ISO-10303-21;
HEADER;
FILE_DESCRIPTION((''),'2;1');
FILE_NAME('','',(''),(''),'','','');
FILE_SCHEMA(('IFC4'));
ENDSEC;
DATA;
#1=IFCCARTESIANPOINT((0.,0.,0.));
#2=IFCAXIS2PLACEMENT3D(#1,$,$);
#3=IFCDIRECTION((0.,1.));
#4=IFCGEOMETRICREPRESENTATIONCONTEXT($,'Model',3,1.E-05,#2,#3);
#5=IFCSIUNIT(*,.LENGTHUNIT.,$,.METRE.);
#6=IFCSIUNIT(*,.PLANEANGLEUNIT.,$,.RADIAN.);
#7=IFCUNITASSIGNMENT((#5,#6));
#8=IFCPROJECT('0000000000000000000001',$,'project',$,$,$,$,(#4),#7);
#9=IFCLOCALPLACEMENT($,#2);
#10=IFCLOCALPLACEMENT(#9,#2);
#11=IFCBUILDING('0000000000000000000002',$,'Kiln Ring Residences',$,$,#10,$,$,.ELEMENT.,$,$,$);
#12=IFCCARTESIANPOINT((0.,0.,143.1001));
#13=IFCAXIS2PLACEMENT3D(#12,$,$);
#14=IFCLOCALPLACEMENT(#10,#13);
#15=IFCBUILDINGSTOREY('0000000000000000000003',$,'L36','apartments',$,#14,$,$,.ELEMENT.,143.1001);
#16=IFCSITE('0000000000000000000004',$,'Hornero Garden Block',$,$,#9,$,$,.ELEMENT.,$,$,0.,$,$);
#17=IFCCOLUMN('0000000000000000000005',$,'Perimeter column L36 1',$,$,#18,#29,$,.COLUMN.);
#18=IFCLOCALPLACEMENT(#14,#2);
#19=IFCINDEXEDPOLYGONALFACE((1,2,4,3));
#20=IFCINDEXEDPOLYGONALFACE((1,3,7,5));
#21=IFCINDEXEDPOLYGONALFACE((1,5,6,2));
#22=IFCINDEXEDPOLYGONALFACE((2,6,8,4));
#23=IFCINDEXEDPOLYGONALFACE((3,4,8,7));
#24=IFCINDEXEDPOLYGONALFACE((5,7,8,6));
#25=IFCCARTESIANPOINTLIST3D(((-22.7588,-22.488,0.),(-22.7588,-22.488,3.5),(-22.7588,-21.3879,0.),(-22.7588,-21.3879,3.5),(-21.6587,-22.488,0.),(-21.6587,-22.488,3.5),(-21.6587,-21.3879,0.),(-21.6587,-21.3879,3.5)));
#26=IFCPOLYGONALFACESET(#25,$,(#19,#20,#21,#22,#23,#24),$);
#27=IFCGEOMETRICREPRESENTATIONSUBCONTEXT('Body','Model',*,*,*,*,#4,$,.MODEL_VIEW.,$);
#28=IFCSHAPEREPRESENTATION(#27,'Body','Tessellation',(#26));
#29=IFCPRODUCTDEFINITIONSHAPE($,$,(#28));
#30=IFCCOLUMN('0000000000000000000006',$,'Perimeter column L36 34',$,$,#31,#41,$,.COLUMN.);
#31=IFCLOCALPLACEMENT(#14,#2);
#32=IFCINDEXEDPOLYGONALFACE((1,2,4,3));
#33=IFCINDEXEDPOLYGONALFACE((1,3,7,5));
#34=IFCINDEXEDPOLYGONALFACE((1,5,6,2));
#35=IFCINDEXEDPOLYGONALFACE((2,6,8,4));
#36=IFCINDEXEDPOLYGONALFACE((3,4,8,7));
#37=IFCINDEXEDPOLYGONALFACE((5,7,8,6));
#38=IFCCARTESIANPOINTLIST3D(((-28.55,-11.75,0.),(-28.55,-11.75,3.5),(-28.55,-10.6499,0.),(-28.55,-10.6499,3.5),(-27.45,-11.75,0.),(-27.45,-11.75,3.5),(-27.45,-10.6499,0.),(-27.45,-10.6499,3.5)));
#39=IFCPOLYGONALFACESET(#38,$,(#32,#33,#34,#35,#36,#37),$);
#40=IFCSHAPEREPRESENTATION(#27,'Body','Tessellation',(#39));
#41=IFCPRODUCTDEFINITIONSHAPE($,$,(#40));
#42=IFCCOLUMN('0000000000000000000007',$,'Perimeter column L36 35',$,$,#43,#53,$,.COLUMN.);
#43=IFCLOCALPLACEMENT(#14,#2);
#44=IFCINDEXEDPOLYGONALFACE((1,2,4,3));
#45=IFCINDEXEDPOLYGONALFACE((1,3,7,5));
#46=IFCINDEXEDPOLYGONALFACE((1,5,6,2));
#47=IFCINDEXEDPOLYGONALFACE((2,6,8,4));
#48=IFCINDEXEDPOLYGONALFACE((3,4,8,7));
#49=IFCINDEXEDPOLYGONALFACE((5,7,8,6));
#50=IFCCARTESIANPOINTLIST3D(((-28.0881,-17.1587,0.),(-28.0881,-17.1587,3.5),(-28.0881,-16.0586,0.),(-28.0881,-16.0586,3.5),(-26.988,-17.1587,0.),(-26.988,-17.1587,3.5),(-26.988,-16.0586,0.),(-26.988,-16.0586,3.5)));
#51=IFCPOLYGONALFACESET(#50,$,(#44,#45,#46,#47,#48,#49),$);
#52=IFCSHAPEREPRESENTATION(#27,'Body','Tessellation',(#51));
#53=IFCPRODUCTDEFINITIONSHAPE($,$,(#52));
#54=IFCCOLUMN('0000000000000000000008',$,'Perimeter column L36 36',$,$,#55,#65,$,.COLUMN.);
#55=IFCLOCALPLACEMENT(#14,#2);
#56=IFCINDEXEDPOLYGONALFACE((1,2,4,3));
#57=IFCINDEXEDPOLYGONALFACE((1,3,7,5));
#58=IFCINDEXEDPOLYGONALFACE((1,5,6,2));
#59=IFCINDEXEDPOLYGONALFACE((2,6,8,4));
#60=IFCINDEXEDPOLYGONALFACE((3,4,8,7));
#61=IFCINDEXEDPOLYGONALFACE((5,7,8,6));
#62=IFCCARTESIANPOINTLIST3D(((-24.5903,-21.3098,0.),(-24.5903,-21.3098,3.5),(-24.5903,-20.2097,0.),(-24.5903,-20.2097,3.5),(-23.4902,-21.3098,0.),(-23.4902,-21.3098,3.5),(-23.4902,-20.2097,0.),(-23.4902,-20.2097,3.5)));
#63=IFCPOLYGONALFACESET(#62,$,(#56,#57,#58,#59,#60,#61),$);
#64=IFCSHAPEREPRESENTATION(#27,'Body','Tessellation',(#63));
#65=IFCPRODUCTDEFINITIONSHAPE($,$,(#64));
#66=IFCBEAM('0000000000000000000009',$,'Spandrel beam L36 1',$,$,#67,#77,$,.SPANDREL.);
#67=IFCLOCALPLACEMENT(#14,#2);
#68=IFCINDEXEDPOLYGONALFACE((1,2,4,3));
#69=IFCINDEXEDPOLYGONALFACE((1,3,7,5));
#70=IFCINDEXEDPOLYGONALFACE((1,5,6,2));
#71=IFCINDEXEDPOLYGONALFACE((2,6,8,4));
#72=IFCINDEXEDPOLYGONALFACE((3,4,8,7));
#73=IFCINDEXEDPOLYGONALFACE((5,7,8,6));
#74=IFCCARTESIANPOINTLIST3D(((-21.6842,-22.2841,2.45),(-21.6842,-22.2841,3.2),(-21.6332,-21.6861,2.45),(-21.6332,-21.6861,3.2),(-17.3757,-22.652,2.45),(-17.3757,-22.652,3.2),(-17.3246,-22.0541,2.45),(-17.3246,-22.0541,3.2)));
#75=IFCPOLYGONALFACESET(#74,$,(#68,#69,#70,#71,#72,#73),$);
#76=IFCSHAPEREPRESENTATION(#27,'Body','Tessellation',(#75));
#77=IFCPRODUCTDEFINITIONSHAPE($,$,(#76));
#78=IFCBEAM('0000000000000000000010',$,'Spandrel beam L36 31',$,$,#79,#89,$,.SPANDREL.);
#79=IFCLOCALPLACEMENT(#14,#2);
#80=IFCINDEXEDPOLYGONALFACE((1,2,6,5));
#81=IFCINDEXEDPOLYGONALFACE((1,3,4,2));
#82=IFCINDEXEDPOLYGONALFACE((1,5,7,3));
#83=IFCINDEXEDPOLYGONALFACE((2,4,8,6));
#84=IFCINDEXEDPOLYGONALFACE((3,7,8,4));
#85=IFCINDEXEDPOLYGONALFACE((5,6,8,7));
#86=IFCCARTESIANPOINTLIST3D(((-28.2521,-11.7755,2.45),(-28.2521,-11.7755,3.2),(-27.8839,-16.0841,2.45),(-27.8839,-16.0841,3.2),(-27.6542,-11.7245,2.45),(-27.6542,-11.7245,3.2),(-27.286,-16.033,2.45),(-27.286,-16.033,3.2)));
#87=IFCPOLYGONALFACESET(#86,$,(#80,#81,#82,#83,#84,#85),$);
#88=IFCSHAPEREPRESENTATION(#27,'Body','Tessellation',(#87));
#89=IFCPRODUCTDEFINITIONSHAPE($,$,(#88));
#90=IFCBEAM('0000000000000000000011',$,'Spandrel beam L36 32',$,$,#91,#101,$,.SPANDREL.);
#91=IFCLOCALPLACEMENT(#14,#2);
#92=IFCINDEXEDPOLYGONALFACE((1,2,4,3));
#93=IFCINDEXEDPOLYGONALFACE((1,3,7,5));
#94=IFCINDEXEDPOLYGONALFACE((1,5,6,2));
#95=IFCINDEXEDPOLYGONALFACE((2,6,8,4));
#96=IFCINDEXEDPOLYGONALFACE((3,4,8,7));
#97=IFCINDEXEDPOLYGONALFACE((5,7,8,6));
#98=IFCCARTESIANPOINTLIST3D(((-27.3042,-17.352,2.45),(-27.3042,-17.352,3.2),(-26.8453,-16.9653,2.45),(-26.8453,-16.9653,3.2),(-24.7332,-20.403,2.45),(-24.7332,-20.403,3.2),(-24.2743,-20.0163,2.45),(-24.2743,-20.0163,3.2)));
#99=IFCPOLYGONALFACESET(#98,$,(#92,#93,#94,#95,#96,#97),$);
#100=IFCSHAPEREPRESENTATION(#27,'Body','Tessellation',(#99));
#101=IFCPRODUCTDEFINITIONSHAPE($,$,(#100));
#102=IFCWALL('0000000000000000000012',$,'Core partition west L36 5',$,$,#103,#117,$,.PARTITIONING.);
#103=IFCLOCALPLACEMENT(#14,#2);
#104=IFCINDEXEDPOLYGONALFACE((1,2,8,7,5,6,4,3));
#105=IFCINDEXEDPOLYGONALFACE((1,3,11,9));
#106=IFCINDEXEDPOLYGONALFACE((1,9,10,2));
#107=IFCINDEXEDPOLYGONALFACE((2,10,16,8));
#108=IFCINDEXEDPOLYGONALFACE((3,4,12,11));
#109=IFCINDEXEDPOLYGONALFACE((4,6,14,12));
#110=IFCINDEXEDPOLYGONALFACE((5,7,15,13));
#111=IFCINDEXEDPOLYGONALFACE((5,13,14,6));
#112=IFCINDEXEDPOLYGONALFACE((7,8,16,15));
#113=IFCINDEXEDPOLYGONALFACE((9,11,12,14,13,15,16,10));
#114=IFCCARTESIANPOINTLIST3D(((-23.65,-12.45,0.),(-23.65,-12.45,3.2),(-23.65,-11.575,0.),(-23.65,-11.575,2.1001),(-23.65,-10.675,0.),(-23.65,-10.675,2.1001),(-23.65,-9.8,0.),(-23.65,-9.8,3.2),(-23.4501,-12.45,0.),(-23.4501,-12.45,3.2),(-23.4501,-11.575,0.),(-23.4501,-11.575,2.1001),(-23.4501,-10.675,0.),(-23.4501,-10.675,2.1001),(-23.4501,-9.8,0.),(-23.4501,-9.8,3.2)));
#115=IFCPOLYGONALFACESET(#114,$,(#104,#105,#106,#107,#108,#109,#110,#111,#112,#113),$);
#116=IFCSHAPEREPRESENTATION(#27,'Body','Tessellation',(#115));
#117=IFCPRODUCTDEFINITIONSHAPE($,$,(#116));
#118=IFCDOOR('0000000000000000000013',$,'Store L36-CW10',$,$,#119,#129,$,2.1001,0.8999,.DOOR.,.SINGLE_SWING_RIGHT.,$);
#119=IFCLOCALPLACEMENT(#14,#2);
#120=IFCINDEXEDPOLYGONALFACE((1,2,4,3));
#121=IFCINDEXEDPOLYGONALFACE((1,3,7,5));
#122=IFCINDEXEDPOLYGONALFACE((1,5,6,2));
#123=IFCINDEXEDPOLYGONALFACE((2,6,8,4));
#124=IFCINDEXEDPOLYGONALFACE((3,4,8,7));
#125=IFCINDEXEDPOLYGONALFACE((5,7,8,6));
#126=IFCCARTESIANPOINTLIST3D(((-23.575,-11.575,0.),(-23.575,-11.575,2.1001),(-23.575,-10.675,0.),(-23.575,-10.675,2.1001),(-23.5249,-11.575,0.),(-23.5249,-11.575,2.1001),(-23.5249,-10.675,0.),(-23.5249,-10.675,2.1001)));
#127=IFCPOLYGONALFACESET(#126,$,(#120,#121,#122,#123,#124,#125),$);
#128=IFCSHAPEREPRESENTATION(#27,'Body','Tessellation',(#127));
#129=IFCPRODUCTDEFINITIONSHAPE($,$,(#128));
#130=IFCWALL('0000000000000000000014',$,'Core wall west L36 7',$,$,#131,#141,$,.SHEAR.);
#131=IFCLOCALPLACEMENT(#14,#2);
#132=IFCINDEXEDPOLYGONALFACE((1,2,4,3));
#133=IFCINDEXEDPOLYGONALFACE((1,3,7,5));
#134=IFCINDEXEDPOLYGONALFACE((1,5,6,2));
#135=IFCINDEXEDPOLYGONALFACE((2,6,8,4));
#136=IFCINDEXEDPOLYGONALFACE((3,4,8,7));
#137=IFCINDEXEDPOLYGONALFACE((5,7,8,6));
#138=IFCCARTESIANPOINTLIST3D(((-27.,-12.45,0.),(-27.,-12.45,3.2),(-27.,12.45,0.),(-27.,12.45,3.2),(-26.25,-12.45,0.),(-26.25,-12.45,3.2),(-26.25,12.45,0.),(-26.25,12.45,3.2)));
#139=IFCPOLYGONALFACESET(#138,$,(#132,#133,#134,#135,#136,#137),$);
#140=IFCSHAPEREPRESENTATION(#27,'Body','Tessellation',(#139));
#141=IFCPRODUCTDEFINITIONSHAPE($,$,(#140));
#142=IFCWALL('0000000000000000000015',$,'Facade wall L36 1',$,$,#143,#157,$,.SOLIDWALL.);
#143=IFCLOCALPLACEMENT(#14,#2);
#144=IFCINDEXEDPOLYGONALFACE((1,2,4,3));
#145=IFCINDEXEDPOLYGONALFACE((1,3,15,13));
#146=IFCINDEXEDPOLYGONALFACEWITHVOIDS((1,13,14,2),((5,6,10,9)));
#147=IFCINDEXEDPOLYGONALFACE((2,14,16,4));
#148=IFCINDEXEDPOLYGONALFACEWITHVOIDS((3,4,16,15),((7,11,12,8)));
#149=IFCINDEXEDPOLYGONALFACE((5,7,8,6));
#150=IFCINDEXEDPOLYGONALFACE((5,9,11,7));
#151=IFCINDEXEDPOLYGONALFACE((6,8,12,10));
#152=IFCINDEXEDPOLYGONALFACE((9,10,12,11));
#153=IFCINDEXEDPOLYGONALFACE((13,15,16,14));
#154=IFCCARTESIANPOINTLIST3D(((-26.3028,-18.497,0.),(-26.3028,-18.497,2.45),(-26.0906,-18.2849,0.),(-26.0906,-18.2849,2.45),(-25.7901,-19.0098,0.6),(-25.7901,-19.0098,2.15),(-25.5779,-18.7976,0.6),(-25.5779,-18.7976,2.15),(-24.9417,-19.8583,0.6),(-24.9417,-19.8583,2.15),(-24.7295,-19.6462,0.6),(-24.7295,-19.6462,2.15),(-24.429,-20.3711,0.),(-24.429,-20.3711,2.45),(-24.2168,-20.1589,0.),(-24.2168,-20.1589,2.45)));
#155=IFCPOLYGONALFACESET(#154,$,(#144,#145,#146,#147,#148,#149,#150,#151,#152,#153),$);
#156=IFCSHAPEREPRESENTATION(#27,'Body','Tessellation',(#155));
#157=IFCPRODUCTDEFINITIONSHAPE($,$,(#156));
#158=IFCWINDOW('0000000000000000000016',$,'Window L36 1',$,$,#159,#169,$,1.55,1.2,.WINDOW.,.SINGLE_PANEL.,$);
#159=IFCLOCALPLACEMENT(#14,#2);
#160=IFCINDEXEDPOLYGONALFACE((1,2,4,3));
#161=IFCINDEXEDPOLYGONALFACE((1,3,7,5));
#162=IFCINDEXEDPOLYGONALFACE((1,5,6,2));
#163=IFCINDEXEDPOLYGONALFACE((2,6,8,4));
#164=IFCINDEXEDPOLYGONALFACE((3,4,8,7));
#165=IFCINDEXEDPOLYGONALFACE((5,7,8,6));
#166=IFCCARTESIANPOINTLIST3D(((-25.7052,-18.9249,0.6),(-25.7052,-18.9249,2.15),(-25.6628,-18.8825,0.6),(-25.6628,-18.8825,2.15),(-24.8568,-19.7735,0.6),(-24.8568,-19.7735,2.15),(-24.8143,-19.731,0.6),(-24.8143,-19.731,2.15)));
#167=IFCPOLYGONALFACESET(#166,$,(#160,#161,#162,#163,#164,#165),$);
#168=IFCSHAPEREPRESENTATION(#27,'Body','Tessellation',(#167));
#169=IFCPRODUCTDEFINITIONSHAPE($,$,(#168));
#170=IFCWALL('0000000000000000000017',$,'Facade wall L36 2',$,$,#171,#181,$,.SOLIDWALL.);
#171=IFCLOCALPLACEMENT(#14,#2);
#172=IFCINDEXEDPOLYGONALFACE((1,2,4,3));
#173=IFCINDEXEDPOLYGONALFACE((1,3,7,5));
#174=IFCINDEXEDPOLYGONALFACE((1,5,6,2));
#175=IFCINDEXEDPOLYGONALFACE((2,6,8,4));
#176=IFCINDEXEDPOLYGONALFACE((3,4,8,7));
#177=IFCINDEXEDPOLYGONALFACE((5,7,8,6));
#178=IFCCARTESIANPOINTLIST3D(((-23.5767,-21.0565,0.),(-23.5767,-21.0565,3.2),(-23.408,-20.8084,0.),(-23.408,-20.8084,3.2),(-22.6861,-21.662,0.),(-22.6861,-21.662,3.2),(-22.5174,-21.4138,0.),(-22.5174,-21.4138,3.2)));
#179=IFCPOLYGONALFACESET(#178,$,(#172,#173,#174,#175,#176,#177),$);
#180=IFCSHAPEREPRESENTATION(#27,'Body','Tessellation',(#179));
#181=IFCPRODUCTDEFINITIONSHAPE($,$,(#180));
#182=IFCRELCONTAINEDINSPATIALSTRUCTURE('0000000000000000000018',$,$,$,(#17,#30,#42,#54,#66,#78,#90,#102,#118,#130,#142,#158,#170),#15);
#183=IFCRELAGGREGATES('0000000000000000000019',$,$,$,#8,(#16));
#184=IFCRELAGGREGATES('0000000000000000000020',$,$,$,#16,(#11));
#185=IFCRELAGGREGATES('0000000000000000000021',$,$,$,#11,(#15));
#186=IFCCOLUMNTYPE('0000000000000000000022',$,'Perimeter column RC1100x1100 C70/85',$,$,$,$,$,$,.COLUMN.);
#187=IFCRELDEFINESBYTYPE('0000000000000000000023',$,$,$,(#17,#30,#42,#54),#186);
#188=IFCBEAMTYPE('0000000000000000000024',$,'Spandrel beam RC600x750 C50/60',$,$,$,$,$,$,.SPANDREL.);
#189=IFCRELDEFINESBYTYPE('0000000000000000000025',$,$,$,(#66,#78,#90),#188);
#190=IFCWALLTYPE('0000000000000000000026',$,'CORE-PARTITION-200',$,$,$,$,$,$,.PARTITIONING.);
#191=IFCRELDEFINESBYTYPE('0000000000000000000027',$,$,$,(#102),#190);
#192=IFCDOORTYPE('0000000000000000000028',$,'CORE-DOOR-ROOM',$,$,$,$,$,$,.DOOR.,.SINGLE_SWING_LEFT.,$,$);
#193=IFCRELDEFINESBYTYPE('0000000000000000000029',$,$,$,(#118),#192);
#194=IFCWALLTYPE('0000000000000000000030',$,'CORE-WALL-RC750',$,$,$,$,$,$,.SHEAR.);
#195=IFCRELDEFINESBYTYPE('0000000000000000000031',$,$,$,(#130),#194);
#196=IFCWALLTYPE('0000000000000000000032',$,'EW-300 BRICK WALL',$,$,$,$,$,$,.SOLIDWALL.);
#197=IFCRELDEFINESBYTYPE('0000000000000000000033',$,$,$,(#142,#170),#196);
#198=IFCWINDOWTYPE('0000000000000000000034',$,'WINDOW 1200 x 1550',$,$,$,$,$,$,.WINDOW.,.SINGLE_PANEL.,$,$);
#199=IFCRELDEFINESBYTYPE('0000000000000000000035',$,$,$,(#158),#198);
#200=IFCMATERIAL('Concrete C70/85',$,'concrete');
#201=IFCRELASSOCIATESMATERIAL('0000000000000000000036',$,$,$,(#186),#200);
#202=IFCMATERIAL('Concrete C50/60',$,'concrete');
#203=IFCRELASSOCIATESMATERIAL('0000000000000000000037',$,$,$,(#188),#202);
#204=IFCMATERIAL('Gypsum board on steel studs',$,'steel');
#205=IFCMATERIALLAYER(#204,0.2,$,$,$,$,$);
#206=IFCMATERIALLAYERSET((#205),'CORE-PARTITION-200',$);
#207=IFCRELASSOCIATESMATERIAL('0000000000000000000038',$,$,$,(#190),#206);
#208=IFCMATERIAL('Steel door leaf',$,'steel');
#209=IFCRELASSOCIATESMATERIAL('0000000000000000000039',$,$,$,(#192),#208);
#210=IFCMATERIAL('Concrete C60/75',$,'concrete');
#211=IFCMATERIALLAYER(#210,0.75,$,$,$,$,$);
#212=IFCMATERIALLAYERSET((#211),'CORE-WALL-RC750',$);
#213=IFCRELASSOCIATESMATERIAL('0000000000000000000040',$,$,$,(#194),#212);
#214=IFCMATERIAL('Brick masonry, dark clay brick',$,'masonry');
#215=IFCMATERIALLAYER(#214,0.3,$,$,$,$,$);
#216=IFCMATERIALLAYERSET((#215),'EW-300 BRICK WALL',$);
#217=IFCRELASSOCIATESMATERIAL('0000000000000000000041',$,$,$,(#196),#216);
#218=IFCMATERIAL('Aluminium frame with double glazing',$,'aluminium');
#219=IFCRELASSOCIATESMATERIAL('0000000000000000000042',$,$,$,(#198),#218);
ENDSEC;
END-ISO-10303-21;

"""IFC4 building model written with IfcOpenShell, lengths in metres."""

from ifc_helpers import new_model, si_unit, direction, frame, frame_2d, origin, origin_2d, place, context, subcontext, project, spatial, rectangle, extrude, material, layer, layer_set, material_profile, profile_set, type_object, element, fill, save


model = new_model("IFC4")

# Units and contexts
model_context = context("Model", 3, precision=1e-05, world=origin(), true_north=direction((0.0, 1.0)))
body_context = subcontext(model_context, "Body", "Model", "MODEL_VIEW")
ifc_project = project(units=[si_unit("LENGTHUNIT", "METRE"), si_unit("PLANEANGLEUNIT", "RADIAN")], contexts=[model_context])

# Site, building, storey
site_placement = place(None, origin())
site = spatial("IfcSite", under=ifc_project, at=site_placement, Name="Hornero Garden Block", CompositionType="ELEMENT", RefElevation=0.0)
building_placement = place(site_placement, origin())
building = spatial("IfcBuilding", under=site, at=building_placement, Name="Kiln Ring Residences", CompositionType="ELEMENT")
storey_placement = place(building_placement, frame((0.0, 0.0, 143.1001)))
storey = spatial("IfcBuildingStorey", under=building, at=storey_placement, Name="L36", Description="apartments", CompositionType="ELEMENT", Elevation=143.1001)

# Columns
ifc_material_1 = material(Name="Concrete C70/85", Category="concrete")
ifc_material_profile_1 = material_profile(ifc_material_1, rectangle(XDim=1.1001, YDim=1.1001, at=origin_2d()), Name="RC1100x1100")
ifc_profile_set_1 = profile_set([ifc_material_profile_1], Name="Concrete C70/85")
column_type = type_object("IfcColumnType", Name="Perimeter column RC1100x1100 C70/85", PredefinedType="COLUMN", material=ifc_profile_set_1)
for number, where, z_axis, x_axis, name in (
    (1, (-22.2087, -21.938, 0.0), (0.0, 0.0, 1.0), (1.0, 0.0, 0.0), "Perimeter column L36 1"),
    (2, (-28.0, -11.2, 0.0), (0.0, 0.0, 1.0), (1.0, 0.0, 0.0), "Perimeter column L36 34"),
    (3, (-27.5381, -16.6086, 0.0), (0.0, 0.0, 1.0), (1.0, 0.0, 0.0), "Perimeter column L36 35"),
    (4, (-24.0403, -20.7598, 0.0), (0.0, 0.0, 1.0), (1.0, 0.0, 0.0), "Perimeter column L36 36"),
):
    element("IfcColumn", number, at=place(storey_placement, frame(where, z_axis=z_axis, x_axis=x_axis)), inside=storey, type_object=column_type, Name=name, PredefinedType="COLUMN", context=body_context, shape_type="SweptSolid", body=[
        extrude(rectangle(XDim=1.1001, YDim=1.1001, at=origin_2d()), origin(), (0.0, 0.0, 1.0), 3.5),
    ])

# Beams
ifc_material_2 = material(Name="Concrete C50/60", Category="concrete")
ifc_material_profile_2 = material_profile(ifc_material_2, rectangle(XDim=0.6001, YDim=0.75, at=origin_2d()), Name="RC600x750")
ifc_profile_set_2 = profile_set([ifc_material_profile_2], Name="Concrete C50/60")
beam_type = type_object("IfcBeamType", Name="Spandrel beam RC600x750 C50/60", PredefinedType="SPANDREL", material=ifc_profile_set_2)
for number, where, z_axis, x_axis, name in (
    (5, (-21.6587, -21.9851, 2.825), (0.996374, -0.085082, 0.0), (0.085082, 0.996374, 0.0), "Spandrel beam L36 1"),
    (6, (-27.9531, -11.75, 2.825), (0.085139, -0.996369, 0.0), (0.996369, 0.085139, 0.0), "Spandrel beam L36 31"),
):
    element("IfcBeam", number, at=place(storey_placement, frame(where, z_axis=z_axis, x_axis=x_axis)), inside=storey, type_object=beam_type, Name=name, PredefinedType="SPANDREL", context=body_context, shape_type="SweptSolid", body=[
        extrude(rectangle(XDim=0.6001, YDim=0.75, at=origin_2d()), origin(), (0.0, 0.0, 1.0), 4.3242),
    ])
beam_placement = place(storey_placement, frame((-27.0747, -17.1587, 2.825), z_axis=(0.644394, -0.764694, 0.0), x_axis=(0.764694, 0.644394, 0.0)))
element("IfcBeam", 7, at=beam_placement, inside=storey, type_object=beam_type, Name="Spandrel beam L36 32", PredefinedType="SPANDREL", context=body_context, shape_type="SweptSolid", body=[
    extrude(rectangle(XDim=0.6001, YDim=0.75, at=origin_2d()), origin(), (0.0, 0.0, 1.0), 3.9897),
])

# Wall, opening, door
ifc_material_3 = material(Name="Gypsum board on steel studs", Category="steel")
ifc_layer_1 = layer(ifc_material_3, 0.2)
ifc_layer_set_1 = layer_set([ifc_layer_1], Name="CORE-PARTITION-200")
wall_type_1 = type_object("IfcWallType", Name="CORE-PARTITION-200", PredefinedType="PARTITIONING", material=ifc_layer_set_1)
wall_1_placement = place(storey_placement, frame((-23.55, -12.45, 0.0), z_axis=(0.0, 0.0, 1.0), x_axis=(0.0, 1.0, 0.0)))
wall_1 = element("IfcWall", 8, at=wall_1_placement, inside=storey, type_object=wall_type_1, Name="Core partition west L36 5", PredefinedType="PARTITIONING", context=body_context, shape_type="SweptSolid", body=[
    extrude(rectangle(XDim=2.6499, YDim=0.2, at=frame_2d((1.325, 0.0))), origin(), (0.0, 0.0, 1.0), 3.2),
])
opening_1_placement = place(wall_1_placement, frame((0.875, 0.0, 0.0)))
opening_1 = element("IfcOpeningElement", 9, at=opening_1_placement, cuts=wall_1, PredefinedType="OPENING", context=body_context, shape_type="SweptSolid", body=[
    extrude(rectangle(XDim=0.8999, YDim=2.1001, at=frame_2d((0.45, 1.05))), frame((0.0, 0.1099, 0.0), z_axis=(0.0, -1.0, 0.0), x_axis=(1.0, 0.0, 0.0)), (0.0, 0.0, 1.0), 0.22),
])
ifc_material_4 = material(Name="Steel door leaf", Category="steel")
door_type_1 = type_object("IfcDoorType", Name="CORE-DOOR-ROOM", OperationType="SINGLE_SWING_LEFT", PredefinedType="DOOR", material=ifc_material_4)
door_1_placement = place(opening_1_placement, origin())
door_1 = element("IfcDoor", 10, at=door_1_placement, inside=storey, type_object=door_type_1, Name="Store L36-CW10", OperationType="SINGLE_SWING_RIGHT", OverallHeight=2.1001, OverallWidth=0.8999, PredefinedType="DOOR", context=body_context, shape_type="SweptSolid", body=[
    extrude(rectangle(XDim=0.8999, YDim=2.1001, at=frame_2d((0.45, 1.05))), frame((0.0, 0.0249, 0.0), z_axis=(0.0, -1.0, 0.0), x_axis=(1.0, 0.0, 0.0)), (0.0, 0.0, 1.0), 0.05),
])
fill(opening_1, door_1)

# Wall
ifc_material_5 = material(Name="Concrete C60/75", Category="concrete")
ifc_layer_2 = layer(ifc_material_5, 0.75)
ifc_layer_set_2 = layer_set([ifc_layer_2], Name="CORE-WALL-RC750")
wall_type_2 = type_object("IfcWallType", Name="CORE-WALL-RC750", PredefinedType="SHEAR", material=ifc_layer_set_2)
wall_2_placement = place(storey_placement, frame((-26.625, -12.45, 0.0), z_axis=(0.0, 0.0, 1.0), x_axis=(0.0, 1.0, 0.0)))
element("IfcWall", 11, at=wall_2_placement, inside=storey, type_object=wall_type_2, Name="Core wall west L36 7", PredefinedType="SHEAR", context=body_context, shape_type="SweptSolid", body=[
    extrude(rectangle(XDim=24.8999, YDim=0.75, at=frame_2d((12.45, 0.0))), origin(), (0.0, 0.0, 1.0), 3.2),
])

# Wall, opening, window
ifc_material_6 = material(Name="Brick masonry, dark clay brick", Category="masonry")
ifc_layer_3 = layer(ifc_material_6, 0.3)
ifc_layer_set_3 = layer_set([ifc_layer_3], Name="EW-300 BRICK WALL")
wall_type_3 = type_object("IfcWallType", Name="EW-300 BRICK WALL", PredefinedType="SOLIDWALL", material=ifc_layer_set_3)
wall_3_placement = place(storey_placement, frame((-26.1968, -18.3909, 0.0), z_axis=(0.0, 0.0, 1.0), x_axis=(0.707061, -0.707153, 0.0)))
wall_3 = element("IfcWall", 12, at=wall_3_placement, inside=storey, type_object=wall_type_3, Name="Facade wall L36 1", PredefinedType="SOLIDWALL", context=body_context, shape_type="SweptSolid", body=[
    extrude(rectangle(XDim=2.6501, YDim=0.3, at=frame_2d((1.3252, 0.0))), origin(), (0.0, 0.0, 1.0), 2.45),
])
opening_2_placement = place(wall_3_placement, frame((0.7251, 0.0, 0.6001)))
opening_2 = element("IfcOpeningElement", 13, at=opening_2_placement, cuts=wall_3, PredefinedType="OPENING", context=body_context, shape_type="SweptSolid", body=[
    extrude(rectangle(XDim=1.2, YDim=1.55, at=frame_2d((0.6001, 0.7749))), frame((0.0, 0.1599, 0.0), z_axis=(0.0, -1.0, 0.0), x_axis=(1.0, 0.0, 0.0)), (0.0, 0.0, 1.0), 0.3201),
])
ifc_material_7 = material(Name="Aluminium frame with double glazing", Category="aluminium")
window_type_1 = type_object("IfcWindowType", Name="WINDOW 1200 x 1550", PartitioningType="SINGLE_PANEL", PredefinedType="WINDOW", material=ifc_material_7)
window_1_placement = place(opening_2_placement, origin())
window_1 = element("IfcWindow", 14, at=window_1_placement, inside=storey, type_object=window_type_1, Name="Window L36 1", OverallHeight=1.55, OverallWidth=1.2, PartitioningType="SINGLE_PANEL", PredefinedType="WINDOW", context=body_context, shape_type="SweptSolid", body=[
    extrude(rectangle(XDim=1.2, YDim=1.55, at=frame_2d((0.6001, 0.7749))), frame((0.0, 0.03, 0.0), z_axis=(0.0, -1.0, 0.0), x_axis=(1.0, 0.0, 0.0)), (0.0, 0.0, 1.0), 0.0601),
])
fill(opening_2, window_1)

# Wall
wall_4_placement = place(storey_placement, frame((-23.4924, -20.9324, 0.0), z_axis=(0.0, 0.0, 1.0), x_axis=(0.826994, -0.562211, 0.0)))
element("IfcWall", 15, at=wall_4_placement, inside=storey, type_object=wall_type_3, Name="Facade wall L36 2", PredefinedType="SOLIDWALL", context=body_context, shape_type="SweptSolid", body=[
    extrude(rectangle(XDim=1.0769, YDim=0.3, at=frame_2d((0.5386, 0.0))), origin(), (0.0, 0.0, 1.0), 3.2),
])

save(model, "model.ifc")
